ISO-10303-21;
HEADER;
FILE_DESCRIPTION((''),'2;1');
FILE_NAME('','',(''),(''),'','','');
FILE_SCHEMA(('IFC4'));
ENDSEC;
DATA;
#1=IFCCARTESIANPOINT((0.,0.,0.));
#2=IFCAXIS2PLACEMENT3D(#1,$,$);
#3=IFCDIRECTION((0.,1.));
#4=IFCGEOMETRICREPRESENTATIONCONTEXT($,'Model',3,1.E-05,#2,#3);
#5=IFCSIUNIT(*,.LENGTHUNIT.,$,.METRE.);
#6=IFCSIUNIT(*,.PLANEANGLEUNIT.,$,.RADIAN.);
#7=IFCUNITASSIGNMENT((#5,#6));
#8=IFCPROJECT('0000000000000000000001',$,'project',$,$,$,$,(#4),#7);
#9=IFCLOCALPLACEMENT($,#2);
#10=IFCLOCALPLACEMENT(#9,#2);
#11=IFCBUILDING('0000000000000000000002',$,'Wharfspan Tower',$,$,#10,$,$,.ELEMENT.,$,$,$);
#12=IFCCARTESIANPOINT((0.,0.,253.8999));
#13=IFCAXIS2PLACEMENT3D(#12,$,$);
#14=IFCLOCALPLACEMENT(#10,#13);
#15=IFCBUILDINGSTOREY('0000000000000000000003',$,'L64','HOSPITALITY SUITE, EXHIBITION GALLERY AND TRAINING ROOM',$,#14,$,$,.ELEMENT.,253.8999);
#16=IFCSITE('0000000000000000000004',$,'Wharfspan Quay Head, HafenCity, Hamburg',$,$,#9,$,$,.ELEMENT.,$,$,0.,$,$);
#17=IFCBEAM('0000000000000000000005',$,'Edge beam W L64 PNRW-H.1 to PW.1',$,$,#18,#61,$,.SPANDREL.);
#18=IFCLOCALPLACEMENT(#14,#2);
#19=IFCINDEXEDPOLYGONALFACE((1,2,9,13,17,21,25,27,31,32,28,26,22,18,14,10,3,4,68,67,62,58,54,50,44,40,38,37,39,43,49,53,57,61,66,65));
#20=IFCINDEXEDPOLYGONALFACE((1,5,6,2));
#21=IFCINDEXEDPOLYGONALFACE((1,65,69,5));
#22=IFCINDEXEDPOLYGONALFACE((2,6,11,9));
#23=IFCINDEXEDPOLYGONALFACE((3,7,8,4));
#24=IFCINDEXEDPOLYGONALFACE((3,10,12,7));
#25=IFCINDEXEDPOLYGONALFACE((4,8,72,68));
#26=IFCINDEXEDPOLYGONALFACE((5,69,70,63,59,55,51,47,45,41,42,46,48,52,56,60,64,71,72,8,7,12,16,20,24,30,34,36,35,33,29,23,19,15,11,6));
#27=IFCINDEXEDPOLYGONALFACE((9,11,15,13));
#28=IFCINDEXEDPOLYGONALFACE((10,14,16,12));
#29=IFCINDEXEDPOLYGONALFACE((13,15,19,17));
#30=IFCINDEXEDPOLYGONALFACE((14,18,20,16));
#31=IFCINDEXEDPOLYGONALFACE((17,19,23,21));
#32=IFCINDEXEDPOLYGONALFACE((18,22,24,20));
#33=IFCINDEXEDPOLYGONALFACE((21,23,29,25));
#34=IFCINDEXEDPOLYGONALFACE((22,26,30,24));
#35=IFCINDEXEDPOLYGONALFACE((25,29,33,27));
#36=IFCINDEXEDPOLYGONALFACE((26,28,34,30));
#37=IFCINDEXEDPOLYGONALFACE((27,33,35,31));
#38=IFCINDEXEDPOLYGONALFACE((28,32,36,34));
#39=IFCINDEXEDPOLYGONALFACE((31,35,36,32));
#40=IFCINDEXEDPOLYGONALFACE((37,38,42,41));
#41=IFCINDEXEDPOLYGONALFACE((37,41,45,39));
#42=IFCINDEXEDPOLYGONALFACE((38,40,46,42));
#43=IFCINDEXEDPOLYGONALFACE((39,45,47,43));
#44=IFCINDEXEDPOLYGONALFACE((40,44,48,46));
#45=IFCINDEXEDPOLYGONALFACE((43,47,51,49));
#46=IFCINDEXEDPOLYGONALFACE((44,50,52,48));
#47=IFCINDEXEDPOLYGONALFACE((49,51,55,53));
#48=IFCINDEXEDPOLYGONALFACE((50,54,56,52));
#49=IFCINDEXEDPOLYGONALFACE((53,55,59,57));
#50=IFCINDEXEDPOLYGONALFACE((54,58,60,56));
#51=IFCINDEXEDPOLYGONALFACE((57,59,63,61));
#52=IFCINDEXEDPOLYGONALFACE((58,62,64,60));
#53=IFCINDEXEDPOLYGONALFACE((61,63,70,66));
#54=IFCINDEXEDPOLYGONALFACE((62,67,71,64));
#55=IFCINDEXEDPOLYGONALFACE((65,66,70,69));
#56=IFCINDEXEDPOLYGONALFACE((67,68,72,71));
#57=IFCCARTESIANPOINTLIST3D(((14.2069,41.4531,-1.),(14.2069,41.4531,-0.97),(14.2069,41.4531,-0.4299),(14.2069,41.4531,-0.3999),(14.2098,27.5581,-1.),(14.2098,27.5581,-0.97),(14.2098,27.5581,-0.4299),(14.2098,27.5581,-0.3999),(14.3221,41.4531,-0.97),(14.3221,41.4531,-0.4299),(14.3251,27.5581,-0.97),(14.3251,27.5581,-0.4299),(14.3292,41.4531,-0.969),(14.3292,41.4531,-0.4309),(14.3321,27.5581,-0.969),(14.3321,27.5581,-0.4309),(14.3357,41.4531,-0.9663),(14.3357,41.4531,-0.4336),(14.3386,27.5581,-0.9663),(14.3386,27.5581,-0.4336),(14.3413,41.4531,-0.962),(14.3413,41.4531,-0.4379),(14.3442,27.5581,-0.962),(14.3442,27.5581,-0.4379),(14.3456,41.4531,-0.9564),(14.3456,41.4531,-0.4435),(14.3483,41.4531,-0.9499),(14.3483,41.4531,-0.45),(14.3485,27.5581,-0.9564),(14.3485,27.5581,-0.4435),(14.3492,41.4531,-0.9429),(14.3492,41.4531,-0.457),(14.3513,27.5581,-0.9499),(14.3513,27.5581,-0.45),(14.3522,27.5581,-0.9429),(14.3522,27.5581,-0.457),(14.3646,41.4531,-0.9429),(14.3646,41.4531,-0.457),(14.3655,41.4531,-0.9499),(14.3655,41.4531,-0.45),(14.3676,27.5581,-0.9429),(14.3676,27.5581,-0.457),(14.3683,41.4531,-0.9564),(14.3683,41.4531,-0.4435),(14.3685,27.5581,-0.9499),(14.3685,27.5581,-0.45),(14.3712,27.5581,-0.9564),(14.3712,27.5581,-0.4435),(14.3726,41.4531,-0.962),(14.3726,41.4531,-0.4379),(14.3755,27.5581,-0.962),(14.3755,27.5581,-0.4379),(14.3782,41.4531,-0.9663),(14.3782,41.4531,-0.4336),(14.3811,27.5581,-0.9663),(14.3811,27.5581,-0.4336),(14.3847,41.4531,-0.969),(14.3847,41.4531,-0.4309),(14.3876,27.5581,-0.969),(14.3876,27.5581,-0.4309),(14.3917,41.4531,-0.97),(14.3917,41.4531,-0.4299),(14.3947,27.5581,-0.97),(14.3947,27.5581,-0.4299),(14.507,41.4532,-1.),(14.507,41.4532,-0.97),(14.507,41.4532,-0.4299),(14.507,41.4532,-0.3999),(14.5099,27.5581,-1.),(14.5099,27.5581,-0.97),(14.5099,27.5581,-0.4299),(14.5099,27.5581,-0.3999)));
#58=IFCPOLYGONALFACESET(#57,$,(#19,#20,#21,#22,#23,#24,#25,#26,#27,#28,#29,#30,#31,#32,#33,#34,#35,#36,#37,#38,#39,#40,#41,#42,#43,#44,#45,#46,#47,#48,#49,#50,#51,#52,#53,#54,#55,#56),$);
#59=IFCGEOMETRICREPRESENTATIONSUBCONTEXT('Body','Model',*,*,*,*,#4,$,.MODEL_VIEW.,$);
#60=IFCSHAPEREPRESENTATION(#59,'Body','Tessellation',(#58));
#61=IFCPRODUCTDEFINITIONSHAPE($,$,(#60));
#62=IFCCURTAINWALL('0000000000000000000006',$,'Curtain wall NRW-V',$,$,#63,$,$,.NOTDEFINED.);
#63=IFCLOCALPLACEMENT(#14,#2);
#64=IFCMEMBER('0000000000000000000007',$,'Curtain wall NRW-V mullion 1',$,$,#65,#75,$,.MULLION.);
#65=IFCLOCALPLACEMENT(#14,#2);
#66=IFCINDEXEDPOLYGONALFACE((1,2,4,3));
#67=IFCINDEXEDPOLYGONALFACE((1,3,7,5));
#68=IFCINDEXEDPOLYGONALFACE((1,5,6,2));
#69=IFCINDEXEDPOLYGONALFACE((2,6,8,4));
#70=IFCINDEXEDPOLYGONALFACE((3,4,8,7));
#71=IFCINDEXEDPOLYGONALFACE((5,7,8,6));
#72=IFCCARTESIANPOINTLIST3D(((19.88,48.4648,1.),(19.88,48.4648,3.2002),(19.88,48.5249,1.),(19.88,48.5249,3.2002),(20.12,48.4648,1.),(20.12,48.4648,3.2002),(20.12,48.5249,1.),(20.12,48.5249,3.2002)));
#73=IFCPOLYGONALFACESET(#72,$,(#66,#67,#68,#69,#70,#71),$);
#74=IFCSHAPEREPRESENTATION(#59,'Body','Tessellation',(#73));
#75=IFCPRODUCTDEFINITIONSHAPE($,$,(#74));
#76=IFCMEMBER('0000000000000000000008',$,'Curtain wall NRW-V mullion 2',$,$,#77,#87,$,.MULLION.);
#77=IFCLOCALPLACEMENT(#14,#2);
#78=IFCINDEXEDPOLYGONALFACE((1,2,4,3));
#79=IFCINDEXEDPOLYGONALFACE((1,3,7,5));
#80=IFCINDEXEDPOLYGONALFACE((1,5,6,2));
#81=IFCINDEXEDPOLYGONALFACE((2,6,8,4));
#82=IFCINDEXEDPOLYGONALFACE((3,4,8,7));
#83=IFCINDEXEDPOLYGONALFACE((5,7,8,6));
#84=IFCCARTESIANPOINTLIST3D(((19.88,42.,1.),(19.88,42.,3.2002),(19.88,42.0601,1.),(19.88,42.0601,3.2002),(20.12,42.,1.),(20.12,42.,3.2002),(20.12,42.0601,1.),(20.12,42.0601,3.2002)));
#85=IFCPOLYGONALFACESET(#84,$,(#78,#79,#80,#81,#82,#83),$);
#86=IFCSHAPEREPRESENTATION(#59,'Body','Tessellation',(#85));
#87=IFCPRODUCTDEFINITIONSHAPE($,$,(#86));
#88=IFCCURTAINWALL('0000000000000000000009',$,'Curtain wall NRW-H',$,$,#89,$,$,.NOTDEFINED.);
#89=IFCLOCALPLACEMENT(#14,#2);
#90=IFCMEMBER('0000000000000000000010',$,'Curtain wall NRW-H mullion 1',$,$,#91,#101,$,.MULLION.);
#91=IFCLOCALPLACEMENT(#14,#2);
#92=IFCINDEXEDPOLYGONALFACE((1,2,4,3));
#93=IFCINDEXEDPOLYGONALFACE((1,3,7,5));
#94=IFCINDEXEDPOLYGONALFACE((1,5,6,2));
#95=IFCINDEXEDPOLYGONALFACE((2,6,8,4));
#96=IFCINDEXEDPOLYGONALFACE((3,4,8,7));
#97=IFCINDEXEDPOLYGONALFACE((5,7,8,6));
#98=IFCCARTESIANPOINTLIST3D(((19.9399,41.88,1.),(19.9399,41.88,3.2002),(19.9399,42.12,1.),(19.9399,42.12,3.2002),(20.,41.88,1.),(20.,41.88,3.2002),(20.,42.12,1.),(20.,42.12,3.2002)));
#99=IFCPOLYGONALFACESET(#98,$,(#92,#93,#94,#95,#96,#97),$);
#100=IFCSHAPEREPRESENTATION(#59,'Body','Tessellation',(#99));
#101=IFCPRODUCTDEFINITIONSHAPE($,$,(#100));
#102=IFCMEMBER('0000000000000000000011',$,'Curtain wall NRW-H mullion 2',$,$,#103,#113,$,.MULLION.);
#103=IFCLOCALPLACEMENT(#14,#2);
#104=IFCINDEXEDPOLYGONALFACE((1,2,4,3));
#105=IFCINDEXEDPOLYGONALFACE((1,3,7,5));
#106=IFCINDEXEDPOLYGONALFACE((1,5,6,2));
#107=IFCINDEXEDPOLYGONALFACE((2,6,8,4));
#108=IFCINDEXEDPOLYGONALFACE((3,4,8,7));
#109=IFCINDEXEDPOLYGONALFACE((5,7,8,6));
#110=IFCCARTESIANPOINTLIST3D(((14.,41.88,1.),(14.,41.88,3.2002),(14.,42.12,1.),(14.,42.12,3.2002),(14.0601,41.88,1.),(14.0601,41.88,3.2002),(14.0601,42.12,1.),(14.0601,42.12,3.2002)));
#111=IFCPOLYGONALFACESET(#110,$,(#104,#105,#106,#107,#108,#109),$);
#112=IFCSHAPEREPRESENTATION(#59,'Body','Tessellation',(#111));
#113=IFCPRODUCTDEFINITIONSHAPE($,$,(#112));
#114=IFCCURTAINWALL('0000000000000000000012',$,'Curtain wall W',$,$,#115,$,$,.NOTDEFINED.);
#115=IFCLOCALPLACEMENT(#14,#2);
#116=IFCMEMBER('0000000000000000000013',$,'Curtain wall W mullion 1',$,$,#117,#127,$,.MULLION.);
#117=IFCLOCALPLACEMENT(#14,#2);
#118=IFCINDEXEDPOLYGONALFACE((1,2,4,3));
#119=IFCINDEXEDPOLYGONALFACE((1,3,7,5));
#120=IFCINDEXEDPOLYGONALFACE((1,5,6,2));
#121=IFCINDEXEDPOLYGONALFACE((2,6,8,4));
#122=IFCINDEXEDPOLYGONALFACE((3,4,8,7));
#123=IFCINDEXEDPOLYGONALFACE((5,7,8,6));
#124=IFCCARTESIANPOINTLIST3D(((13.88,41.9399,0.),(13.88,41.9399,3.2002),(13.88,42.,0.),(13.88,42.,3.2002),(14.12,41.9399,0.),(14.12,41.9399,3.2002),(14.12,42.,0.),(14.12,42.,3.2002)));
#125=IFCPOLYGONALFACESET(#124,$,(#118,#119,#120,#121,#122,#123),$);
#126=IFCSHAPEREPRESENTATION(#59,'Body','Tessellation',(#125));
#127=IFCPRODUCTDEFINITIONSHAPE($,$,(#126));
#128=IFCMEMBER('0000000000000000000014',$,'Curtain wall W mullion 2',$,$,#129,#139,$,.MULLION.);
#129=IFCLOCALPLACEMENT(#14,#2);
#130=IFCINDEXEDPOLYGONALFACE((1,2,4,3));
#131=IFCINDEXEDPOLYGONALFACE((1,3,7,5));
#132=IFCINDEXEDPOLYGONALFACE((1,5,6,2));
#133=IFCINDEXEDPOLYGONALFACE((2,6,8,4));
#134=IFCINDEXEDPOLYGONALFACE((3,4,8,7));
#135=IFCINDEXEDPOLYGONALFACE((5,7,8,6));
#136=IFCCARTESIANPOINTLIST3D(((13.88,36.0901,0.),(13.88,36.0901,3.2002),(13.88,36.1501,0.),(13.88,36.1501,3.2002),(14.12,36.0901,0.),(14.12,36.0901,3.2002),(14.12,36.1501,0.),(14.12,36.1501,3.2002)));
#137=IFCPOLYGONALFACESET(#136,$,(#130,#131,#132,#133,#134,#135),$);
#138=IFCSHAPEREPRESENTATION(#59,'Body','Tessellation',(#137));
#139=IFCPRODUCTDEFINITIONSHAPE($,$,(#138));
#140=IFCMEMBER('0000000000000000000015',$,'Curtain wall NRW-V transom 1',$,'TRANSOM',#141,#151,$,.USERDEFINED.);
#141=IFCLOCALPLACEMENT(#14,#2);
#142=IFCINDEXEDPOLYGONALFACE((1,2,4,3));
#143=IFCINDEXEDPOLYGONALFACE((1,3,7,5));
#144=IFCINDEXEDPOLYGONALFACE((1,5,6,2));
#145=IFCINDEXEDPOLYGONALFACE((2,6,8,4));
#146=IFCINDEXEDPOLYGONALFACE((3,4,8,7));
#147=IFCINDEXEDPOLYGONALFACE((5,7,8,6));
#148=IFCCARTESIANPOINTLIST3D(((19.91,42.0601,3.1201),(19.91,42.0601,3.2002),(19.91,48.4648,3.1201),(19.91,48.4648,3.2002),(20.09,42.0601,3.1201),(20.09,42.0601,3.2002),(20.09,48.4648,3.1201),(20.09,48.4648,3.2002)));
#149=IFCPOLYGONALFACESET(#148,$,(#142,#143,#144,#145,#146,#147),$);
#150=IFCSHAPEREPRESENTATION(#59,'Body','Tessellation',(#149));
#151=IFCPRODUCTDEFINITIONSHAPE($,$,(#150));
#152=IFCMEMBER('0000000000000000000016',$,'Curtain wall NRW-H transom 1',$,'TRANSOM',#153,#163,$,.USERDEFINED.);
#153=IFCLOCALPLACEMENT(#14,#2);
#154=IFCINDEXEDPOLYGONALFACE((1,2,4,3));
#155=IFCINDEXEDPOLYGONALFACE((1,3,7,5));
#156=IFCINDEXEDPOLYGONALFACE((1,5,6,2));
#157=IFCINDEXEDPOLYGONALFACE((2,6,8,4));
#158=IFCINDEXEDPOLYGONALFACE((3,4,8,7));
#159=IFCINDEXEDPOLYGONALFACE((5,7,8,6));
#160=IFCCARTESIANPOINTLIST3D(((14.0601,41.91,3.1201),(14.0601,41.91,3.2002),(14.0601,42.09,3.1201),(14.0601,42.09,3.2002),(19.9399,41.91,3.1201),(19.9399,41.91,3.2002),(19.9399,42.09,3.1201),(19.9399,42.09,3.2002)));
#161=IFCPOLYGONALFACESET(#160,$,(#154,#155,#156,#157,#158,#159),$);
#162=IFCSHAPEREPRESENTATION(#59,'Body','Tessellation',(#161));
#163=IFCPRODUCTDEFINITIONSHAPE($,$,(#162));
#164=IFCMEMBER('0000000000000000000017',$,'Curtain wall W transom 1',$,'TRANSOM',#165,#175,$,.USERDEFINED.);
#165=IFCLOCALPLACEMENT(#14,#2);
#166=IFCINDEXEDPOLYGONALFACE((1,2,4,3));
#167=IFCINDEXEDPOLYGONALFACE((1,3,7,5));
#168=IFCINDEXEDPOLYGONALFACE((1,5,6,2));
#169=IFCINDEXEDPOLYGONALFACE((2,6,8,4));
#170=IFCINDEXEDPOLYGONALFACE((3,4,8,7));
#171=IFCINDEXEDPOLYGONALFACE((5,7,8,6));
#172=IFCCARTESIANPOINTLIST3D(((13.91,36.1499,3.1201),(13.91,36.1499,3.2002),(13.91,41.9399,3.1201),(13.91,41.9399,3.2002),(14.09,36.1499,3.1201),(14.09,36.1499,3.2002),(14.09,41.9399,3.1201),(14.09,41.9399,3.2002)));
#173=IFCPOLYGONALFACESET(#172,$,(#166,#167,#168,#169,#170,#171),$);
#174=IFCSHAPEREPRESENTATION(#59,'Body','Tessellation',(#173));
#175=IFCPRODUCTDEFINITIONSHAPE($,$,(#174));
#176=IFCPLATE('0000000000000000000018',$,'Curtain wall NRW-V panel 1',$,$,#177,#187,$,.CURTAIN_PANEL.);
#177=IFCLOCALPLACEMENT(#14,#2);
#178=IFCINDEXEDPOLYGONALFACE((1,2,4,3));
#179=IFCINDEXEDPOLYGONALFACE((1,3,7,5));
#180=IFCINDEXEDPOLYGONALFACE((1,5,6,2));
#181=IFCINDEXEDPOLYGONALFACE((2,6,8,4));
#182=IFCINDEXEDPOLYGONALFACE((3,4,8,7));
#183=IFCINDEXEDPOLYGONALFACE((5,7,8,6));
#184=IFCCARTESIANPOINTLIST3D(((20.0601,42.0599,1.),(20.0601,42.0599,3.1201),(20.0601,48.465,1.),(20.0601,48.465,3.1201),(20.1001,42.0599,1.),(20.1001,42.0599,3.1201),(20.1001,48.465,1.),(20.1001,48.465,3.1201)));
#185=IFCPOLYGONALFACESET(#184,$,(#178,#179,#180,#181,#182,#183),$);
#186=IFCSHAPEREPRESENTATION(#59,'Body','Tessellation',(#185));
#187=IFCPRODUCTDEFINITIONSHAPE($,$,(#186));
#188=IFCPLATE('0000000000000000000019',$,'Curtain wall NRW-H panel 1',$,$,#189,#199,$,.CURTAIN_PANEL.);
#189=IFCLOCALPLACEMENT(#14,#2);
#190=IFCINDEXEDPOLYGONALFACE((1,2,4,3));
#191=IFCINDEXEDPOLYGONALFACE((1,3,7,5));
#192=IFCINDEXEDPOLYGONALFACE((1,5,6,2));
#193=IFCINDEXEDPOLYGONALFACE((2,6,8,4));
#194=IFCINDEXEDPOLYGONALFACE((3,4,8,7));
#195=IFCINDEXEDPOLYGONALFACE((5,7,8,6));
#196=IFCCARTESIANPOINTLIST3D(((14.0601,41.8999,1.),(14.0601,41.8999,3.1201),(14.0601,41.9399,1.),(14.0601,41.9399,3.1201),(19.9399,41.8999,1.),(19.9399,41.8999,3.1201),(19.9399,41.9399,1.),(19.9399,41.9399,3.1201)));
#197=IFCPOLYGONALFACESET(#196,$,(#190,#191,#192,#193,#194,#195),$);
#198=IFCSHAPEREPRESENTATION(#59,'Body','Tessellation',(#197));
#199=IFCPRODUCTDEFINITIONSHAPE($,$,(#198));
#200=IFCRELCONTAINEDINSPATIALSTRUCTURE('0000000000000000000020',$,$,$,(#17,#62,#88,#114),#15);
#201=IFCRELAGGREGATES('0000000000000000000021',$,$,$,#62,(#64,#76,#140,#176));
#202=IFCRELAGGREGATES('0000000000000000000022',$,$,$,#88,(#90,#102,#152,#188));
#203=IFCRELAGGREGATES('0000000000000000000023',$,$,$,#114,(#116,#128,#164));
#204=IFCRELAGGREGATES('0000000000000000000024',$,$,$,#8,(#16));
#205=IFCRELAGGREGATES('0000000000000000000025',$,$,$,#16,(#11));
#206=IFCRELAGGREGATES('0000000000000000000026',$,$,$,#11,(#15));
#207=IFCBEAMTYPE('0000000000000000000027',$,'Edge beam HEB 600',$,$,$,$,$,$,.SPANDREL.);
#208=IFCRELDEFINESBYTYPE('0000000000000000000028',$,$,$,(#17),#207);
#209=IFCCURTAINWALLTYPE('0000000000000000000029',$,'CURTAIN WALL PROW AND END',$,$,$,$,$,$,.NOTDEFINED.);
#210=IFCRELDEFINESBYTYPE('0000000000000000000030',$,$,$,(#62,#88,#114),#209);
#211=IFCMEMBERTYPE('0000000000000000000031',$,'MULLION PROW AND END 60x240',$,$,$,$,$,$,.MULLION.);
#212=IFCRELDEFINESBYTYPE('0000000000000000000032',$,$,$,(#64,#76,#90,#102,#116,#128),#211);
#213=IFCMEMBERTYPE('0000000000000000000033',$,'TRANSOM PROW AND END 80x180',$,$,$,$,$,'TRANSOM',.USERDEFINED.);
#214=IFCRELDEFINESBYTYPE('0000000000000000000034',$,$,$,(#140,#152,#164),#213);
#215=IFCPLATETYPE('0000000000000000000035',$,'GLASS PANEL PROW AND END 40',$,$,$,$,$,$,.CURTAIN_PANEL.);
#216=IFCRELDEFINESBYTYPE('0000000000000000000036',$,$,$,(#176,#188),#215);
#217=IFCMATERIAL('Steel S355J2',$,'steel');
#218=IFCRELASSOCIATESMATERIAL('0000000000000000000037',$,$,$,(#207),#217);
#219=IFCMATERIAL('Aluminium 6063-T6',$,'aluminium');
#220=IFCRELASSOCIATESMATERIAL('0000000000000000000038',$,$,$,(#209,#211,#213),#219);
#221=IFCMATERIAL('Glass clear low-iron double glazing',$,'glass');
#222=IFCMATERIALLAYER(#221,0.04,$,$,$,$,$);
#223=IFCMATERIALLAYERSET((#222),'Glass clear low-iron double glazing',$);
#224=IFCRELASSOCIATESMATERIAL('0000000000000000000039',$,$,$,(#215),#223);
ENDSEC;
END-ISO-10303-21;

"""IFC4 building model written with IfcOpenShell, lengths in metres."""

from ifc_helpers import new_model, si_unit, direction, frame, origin, origin_2d, place, context, subcontext, project, spatial, rectangle, i_section, extrude, material, layer, layer_set, material_profile, profile_set, type_object, element, aggregate, save


model = new_model("IFC4")

# Units and contexts
model_context = context("Model", 3, precision=1e-05, world=origin(), true_north=direction((0.0, 1.0)))
body_context = subcontext(model_context, "Body", "Model", "MODEL_VIEW")
ifc_project = project(units=[si_unit("LENGTHUNIT", "METRE"), si_unit("PLANEANGLEUNIT", "RADIAN")], contexts=[model_context])

# Site, building, storey
site_placement = place(None, origin())
site = spatial("IfcSite", under=ifc_project, at=site_placement, Name="Wharfspan Quay Head, HafenCity, Hamburg", CompositionType="ELEMENT", RefElevation=0.0)
building_placement = place(site_placement, origin())
building = spatial("IfcBuilding", under=site, at=building_placement, Name="Wharfspan Tower", CompositionType="ELEMENT")
storey_placement = place(building_placement, frame((0.0, 0.0, 253.8999)))
storey = spatial("IfcBuildingStorey", under=building, at=storey_placement, Name="L64", Description="HOSPITALITY SUITE, EXHIBITION GALLERY AND TRAINING ROOM", CompositionType="ELEMENT", Elevation=253.8999)

# Shared definitions
ifc_material_1 = material(Name="Steel S355J2", Category="steel")

# Beam
ifc_material_profile_1 = material_profile(ifc_material_1, i_section(OverallWidth=0.3, OverallDepth=0.6001, WebThickness=0.0154, FlangeThickness=0.03, FilletRadius=0.0271, at=origin_2d()))
ifc_profile_set_1 = profile_set([ifc_material_profile_1], Name="Steel S355J2")
beam_type = type_object("IfcBeamType", Name="Edge beam HEB 600", PredefinedType="SPANDREL", material=ifc_profile_set_1)
beam_placement = place(storey_placement, frame((14.3569, 41.4531, -0.7), z_axis=(0.000211, -1.0, 0.0), x_axis=(1.0, 0.000211, 0.0)))
element("IfcBeam", 1, at=beam_placement, inside=storey, type_object=beam_type, Name="Edge beam W L64 PNRW-H.1 to PW.1", PredefinedType="SPANDREL", context=body_context, shape_type="SweptSolid", body=[
    extrude(i_section(OverallWidth=0.3, OverallDepth=0.6001, WebThickness=0.0154, FlangeThickness=0.03, FilletRadius=0.0271, at=origin_2d()), origin(), (0.0, 0.0, 1.0), 13.895),
])

# Curtain walls, members
ifc_material_2 = material(Name="Aluminium 6063-T6", Category="aluminium")
curtain_wall_type = type_object("IfcCurtainWallType", Name="CURTAIN WALL PROW AND END", PredefinedType="NOTDEFINED", material=ifc_material_2)
curtain_wall_1_placement = place(storey_placement, origin())
curtain_wall_1 = element("IfcCurtainWall", 2, at=curtain_wall_1_placement, inside=storey, type_object=curtain_wall_type, Name="Curtain wall NRW-V", PredefinedType="NOTDEFINED")
ifc_material_profile_2 = material_profile(ifc_material_2, rectangle(XDim=0.24, YDim=0.0601, at=origin_2d()))
ifc_profile_set_2 = profile_set([ifc_material_profile_2], Name="Aluminium 6063-T6")
member_type_1 = type_object("IfcMemberType", Name="MULLION PROW AND END 60x240", PredefinedType="MULLION", material=ifc_profile_set_2)
member_1_placement = place(storey_placement, frame((20.0, 48.4949, 1.0), z_axis=(0.0, 0.0, 1.0), x_axis=(1.0, 0.0, 0.0)))
member_1 = element("IfcMember", 3, at=member_1_placement, type_object=member_type_1, Name="Curtain wall NRW-V mullion 1", PredefinedType="MULLION", context=body_context, shape_type="SweptSolid", body=[
    extrude(rectangle(XDim=0.24, YDim=0.0601, at=origin_2d()), origin(), (0.0, 0.0, 1.0), 2.2002),
])
member_2_placement = place(storey_placement, frame((20.0, 42.03, 1.0), z_axis=(0.0, 0.0, 1.0), x_axis=(1.0, 0.0, 0.0)))
member_2 = element("IfcMember", 4, at=member_2_placement, type_object=member_type_1, Name="Curtain wall NRW-V mullion 2", PredefinedType="MULLION", context=body_context, shape_type="SweptSolid", body=[
    extrude(rectangle(XDim=0.24, YDim=0.0601, at=origin_2d()), origin(), (0.0, 0.0, 1.0), 2.2002),
])
curtain_wall_2_placement = place(storey_placement, origin())
curtain_wall_2 = element("IfcCurtainWall", 5, at=curtain_wall_2_placement, inside=storey, type_object=curtain_wall_type, Name="Curtain wall NRW-H", PredefinedType="NOTDEFINED")
member_3_placement = place(storey_placement, frame((19.97, 42.0, 1.0), z_axis=(0.0, 0.0, 1.0), x_axis=(0.0, -1.0, 0.0)))
member_3 = element("IfcMember", 6, at=member_3_placement, type_object=member_type_1, Name="Curtain wall NRW-H mullion 1", PredefinedType="MULLION", context=body_context, shape_type="SweptSolid", body=[
    extrude(rectangle(XDim=0.24, YDim=0.0601, at=origin_2d()), origin(), (0.0, 0.0, 1.0), 2.2002),
])
member_4_placement = place(storey_placement, frame((14.03, 42.0, 1.0), z_axis=(0.0, 0.0, 1.0), x_axis=(0.0, -1.0, 0.0)))
member_4 = element("IfcMember", 7, at=member_4_placement, type_object=member_type_1, Name="Curtain wall NRW-H mullion 2", PredefinedType="MULLION", context=body_context, shape_type="SweptSolid", body=[
    extrude(rectangle(XDim=0.24, YDim=0.0601, at=origin_2d()), origin(), (0.0, 0.0, 1.0), 2.2002),
])
curtain_wall_3_placement = place(storey_placement, origin())
curtain_wall_3 = element("IfcCurtainWall", 8, at=curtain_wall_3_placement, inside=storey, type_object=curtain_wall_type, Name="Curtain wall W", PredefinedType="NOTDEFINED")
member_5_placement = place(storey_placement, frame((14.0, 41.97, 0.0), z_axis=(0.0, 0.0, 1.0), x_axis=(1.0, 0.0, 0.0)))
member_5 = element("IfcMember", 9, at=member_5_placement, type_object=member_type_1, Name="Curtain wall W mullion 1", PredefinedType="MULLION", context=body_context, shape_type="SweptSolid", body=[
    extrude(rectangle(XDim=0.24, YDim=0.0601, at=origin_2d()), origin(), (0.0, 0.0, 1.0), 3.2002),
])
member_6_placement = place(storey_placement, frame((14.0, 36.1201, 0.0), z_axis=(0.0, 0.0, 1.0), x_axis=(1.0, 0.0, 0.0)))
member_6 = element("IfcMember", 10, at=member_6_placement, type_object=member_type_1, Name="Curtain wall W mullion 2", PredefinedType="MULLION", context=body_context, shape_type="SweptSolid", body=[
    extrude(rectangle(XDim=0.24, YDim=0.0601, at=origin_2d()), origin(), (0.0, 0.0, 1.0), 3.2002),
])

# Members
ifc_material_profile_3 = material_profile(ifc_material_2, rectangle(XDim=0.1799, YDim=0.0801, at=origin_2d()))
ifc_profile_set_3 = profile_set([ifc_material_profile_3], Name="Aluminium 6063-T6")
member_type_2 = type_object("IfcMemberType", Name="TRANSOM PROW AND END 80x180", ElementType="TRANSOM", PredefinedType="USERDEFINED", material=ifc_profile_set_3)
member_7_placement = place(storey_placement, frame((20.0, 48.4648, 3.1602), z_axis=(0.0, -1.0, 0.0), x_axis=(1.0, 0.0, 0.0)))
member_7 = element("IfcMember", 11, at=member_7_placement, type_object=member_type_2, Name="Curtain wall NRW-V transom 1", ObjectType="TRANSOM", PredefinedType="USERDEFINED", context=body_context, shape_type="SweptSolid", body=[
    extrude(rectangle(XDim=0.1799, YDim=0.0801, at=origin_2d()), origin(), (0.0, 0.0, 1.0), 6.4048),
])
member_8_placement = place(storey_placement, frame((19.9399, 42.0, 3.1602), z_axis=(-1.0, 0.0, 0.0), x_axis=(0.0, -1.0, 0.0)))
member_8 = element("IfcMember", 12, at=member_8_placement, type_object=member_type_2, Name="Curtain wall NRW-H transom 1", ObjectType="TRANSOM", PredefinedType="USERDEFINED", context=body_context, shape_type="SweptSolid", body=[
    extrude(rectangle(XDim=0.1799, YDim=0.0801, at=origin_2d()), origin(), (0.0, 0.0, 1.0), 5.8799),
])
member_9_placement = place(storey_placement, frame((14.0, 41.9399, 3.1602), z_axis=(0.0, -1.0, 0.0), x_axis=(1.0, 0.0, 0.0)))
member_9 = element("IfcMember", 13, at=member_9_placement, type_object=member_type_2, Name="Curtain wall W transom 1", ObjectType="TRANSOM", PredefinedType="USERDEFINED", context=body_context, shape_type="SweptSolid", body=[
    extrude(rectangle(XDim=0.1799, YDim=0.0801, at=origin_2d()), origin(), (0.0, 0.0, 1.0), 5.79),
])

# Plates
ifc_material_3 = material(Name="Glass clear low-iron double glazing", Category="glass")
ifc_layer_1 = layer(ifc_material_3, 0.04)
ifc_layer_set_1 = layer_set([ifc_layer_1], Name="Glass clear low-iron double glazing")
plate_type_1 = type_object("IfcPlateType", Name="GLASS PANEL PROW AND END 40", PredefinedType="CURTAIN_PANEL", material=ifc_layer_set_1)
plate_1_placement = place(storey_placement, frame((20.0801, 45.2625, 1.0), z_axis=(0.0, 0.0, 1.0), x_axis=(0.0, -1.0, 0.0)))
plate_1 = element("IfcPlate", 14, at=plate_1_placement, type_object=plate_type_1, Name="Curtain wall NRW-V panel 1", PredefinedType="CURTAIN_PANEL", context=body_context, shape_type="SweptSolid", body=[
    extrude(rectangle(XDim=6.405, YDim=0.04, at=origin_2d()), origin(), (0.0, 0.0, 1.0), 2.1201),
])
aggregate(curtain_wall_1, [member_1, member_2, member_7, plate_1])
plate_2_placement = place(storey_placement, frame((17.0, 41.9199, 1.0), z_axis=(0.0, 0.0, 1.0), x_axis=(-1.0, 0.0, 0.0)))
plate_2 = element("IfcPlate", 15, at=plate_2_placement, type_object=plate_type_1, Name="Curtain wall NRW-H panel 1", PredefinedType="CURTAIN_PANEL", context=body_context, shape_type="SweptSolid", body=[
    extrude(rectangle(XDim=5.8799, YDim=0.04, at=origin_2d()), origin(), (0.0, 0.0, 1.0), 2.1201),
])
aggregate(curtain_wall_2, [member_3, member_4, member_8, plate_2])
aggregate(curtain_wall_3, [member_5, member_6, member_9])

save(model, "model.ifc")
